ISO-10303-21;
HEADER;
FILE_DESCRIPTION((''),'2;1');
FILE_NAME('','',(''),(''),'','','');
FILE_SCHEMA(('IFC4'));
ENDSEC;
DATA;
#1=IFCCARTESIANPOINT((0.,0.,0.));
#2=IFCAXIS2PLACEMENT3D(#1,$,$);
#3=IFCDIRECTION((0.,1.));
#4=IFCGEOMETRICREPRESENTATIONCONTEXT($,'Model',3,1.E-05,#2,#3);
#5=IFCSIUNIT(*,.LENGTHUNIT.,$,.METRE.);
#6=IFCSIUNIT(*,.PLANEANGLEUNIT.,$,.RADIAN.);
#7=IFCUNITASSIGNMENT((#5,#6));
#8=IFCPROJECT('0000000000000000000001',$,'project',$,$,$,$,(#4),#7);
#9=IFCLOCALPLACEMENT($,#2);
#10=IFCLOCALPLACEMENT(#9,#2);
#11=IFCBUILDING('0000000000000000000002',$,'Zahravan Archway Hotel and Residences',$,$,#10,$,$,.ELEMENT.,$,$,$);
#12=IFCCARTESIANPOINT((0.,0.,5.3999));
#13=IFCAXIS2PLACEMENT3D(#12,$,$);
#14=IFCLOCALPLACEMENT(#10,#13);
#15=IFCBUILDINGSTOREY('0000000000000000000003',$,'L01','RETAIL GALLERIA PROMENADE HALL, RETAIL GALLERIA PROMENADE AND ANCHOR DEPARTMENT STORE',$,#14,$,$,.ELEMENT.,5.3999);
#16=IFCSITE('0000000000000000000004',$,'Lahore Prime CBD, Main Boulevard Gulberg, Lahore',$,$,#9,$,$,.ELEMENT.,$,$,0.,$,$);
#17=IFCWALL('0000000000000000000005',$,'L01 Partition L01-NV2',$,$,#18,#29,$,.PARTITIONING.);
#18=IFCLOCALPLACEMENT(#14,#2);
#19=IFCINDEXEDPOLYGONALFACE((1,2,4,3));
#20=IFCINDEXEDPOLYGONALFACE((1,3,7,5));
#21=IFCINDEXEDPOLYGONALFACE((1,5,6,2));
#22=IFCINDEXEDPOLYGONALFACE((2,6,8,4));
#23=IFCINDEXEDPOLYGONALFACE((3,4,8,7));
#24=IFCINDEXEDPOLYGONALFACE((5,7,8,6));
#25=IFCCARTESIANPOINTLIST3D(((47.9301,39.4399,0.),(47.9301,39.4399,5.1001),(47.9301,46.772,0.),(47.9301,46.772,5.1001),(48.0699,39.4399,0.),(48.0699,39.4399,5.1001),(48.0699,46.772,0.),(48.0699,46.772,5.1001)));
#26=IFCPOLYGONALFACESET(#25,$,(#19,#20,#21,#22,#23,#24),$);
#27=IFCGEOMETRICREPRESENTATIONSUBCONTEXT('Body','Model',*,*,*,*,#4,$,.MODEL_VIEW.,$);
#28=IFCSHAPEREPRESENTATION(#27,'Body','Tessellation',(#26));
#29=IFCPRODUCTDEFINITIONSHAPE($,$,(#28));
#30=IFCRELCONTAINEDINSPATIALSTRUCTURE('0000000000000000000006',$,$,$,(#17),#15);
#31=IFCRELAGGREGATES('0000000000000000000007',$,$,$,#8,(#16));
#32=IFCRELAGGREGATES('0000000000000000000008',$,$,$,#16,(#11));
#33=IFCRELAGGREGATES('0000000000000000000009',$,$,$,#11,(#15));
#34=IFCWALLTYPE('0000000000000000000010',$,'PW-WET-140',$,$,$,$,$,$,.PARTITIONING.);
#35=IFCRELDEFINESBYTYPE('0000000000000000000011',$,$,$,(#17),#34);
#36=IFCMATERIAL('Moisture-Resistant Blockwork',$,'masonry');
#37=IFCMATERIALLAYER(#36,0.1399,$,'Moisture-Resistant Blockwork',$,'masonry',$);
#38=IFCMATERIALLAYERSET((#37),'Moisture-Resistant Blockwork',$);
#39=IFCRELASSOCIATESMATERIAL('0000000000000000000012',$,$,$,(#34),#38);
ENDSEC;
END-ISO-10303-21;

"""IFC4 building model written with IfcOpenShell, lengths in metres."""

from ifc_helpers import new_model, si_unit, direction, frame, frame_2d, origin, place, context, subcontext, project, spatial, rectangle, extrude, material, layer, layer_set, type_object, element, save


model = new_model("IFC4")

# Units and contexts
model_context = context("Model", 3, precision=1e-05, world=origin(), true_north=direction((0.0, 1.0)))
body_context = subcontext(model_context, "Body", "Model", "MODEL_VIEW")
ifc_project = project(units=[si_unit("LENGTHUNIT", "METRE"), si_unit("PLANEANGLEUNIT", "RADIAN")], contexts=[model_context])

# Site, building, storey
site_placement = place(None, origin())
site = spatial("IfcSite", under=ifc_project, at=site_placement, Name="Lahore Prime CBD, Main Boulevard Gulberg, Lahore", CompositionType="ELEMENT", RefElevation=0.0)
building_placement = place(site_placement, origin())
building = spatial("IfcBuilding", under=site, at=building_placement, Name="Zahravan Archway Hotel and Residences", CompositionType="ELEMENT")
storey_placement = place(building_placement, frame((0.0, 0.0, 5.3999)))
storey = spatial("IfcBuildingStorey", under=building, at=storey_placement, Name="L01", Description="RETAIL GALLERIA PROMENADE HALL, RETAIL GALLERIA PROMENADE AND ANCHOR DEPARTMENT STORE", CompositionType="ELEMENT", Elevation=5.3999)

# Wall
ifc_material_1 = material(Name="Moisture-Resistant Blockwork", Category="masonry")
ifc_layer_1 = layer(ifc_material_1, 0.1399, Name="Moisture-Resistant Blockwork", Category="masonry")
ifc_layer_set_1 = layer_set([ifc_layer_1], Name="Moisture-Resistant Blockwork")
wall_type = type_object("IfcWallType", Name="PW-WET-140", PredefinedType="PARTITIONING", material=ifc_layer_set_1)
wall_placement = place(storey_placement, frame((48.0, 39.4399, 0.0), z_axis=(0.0, 0.0, 1.0), x_axis=(0.0, 1.0, 0.0)))
element("IfcWall", 1, at=wall_placement, inside=storey, type_object=wall_type, Name="L01 Partition L01-NV2", PredefinedType="PARTITIONING", context=body_context, shape_type="SweptSolid", body=[
    extrude(rectangle(XDim=7.332, YDim=0.1399, at=frame_2d((3.666, 0.0))), origin(), (0.0, 0.0, 1.0), 5.1001),
])

save(model, "model.ifc")
